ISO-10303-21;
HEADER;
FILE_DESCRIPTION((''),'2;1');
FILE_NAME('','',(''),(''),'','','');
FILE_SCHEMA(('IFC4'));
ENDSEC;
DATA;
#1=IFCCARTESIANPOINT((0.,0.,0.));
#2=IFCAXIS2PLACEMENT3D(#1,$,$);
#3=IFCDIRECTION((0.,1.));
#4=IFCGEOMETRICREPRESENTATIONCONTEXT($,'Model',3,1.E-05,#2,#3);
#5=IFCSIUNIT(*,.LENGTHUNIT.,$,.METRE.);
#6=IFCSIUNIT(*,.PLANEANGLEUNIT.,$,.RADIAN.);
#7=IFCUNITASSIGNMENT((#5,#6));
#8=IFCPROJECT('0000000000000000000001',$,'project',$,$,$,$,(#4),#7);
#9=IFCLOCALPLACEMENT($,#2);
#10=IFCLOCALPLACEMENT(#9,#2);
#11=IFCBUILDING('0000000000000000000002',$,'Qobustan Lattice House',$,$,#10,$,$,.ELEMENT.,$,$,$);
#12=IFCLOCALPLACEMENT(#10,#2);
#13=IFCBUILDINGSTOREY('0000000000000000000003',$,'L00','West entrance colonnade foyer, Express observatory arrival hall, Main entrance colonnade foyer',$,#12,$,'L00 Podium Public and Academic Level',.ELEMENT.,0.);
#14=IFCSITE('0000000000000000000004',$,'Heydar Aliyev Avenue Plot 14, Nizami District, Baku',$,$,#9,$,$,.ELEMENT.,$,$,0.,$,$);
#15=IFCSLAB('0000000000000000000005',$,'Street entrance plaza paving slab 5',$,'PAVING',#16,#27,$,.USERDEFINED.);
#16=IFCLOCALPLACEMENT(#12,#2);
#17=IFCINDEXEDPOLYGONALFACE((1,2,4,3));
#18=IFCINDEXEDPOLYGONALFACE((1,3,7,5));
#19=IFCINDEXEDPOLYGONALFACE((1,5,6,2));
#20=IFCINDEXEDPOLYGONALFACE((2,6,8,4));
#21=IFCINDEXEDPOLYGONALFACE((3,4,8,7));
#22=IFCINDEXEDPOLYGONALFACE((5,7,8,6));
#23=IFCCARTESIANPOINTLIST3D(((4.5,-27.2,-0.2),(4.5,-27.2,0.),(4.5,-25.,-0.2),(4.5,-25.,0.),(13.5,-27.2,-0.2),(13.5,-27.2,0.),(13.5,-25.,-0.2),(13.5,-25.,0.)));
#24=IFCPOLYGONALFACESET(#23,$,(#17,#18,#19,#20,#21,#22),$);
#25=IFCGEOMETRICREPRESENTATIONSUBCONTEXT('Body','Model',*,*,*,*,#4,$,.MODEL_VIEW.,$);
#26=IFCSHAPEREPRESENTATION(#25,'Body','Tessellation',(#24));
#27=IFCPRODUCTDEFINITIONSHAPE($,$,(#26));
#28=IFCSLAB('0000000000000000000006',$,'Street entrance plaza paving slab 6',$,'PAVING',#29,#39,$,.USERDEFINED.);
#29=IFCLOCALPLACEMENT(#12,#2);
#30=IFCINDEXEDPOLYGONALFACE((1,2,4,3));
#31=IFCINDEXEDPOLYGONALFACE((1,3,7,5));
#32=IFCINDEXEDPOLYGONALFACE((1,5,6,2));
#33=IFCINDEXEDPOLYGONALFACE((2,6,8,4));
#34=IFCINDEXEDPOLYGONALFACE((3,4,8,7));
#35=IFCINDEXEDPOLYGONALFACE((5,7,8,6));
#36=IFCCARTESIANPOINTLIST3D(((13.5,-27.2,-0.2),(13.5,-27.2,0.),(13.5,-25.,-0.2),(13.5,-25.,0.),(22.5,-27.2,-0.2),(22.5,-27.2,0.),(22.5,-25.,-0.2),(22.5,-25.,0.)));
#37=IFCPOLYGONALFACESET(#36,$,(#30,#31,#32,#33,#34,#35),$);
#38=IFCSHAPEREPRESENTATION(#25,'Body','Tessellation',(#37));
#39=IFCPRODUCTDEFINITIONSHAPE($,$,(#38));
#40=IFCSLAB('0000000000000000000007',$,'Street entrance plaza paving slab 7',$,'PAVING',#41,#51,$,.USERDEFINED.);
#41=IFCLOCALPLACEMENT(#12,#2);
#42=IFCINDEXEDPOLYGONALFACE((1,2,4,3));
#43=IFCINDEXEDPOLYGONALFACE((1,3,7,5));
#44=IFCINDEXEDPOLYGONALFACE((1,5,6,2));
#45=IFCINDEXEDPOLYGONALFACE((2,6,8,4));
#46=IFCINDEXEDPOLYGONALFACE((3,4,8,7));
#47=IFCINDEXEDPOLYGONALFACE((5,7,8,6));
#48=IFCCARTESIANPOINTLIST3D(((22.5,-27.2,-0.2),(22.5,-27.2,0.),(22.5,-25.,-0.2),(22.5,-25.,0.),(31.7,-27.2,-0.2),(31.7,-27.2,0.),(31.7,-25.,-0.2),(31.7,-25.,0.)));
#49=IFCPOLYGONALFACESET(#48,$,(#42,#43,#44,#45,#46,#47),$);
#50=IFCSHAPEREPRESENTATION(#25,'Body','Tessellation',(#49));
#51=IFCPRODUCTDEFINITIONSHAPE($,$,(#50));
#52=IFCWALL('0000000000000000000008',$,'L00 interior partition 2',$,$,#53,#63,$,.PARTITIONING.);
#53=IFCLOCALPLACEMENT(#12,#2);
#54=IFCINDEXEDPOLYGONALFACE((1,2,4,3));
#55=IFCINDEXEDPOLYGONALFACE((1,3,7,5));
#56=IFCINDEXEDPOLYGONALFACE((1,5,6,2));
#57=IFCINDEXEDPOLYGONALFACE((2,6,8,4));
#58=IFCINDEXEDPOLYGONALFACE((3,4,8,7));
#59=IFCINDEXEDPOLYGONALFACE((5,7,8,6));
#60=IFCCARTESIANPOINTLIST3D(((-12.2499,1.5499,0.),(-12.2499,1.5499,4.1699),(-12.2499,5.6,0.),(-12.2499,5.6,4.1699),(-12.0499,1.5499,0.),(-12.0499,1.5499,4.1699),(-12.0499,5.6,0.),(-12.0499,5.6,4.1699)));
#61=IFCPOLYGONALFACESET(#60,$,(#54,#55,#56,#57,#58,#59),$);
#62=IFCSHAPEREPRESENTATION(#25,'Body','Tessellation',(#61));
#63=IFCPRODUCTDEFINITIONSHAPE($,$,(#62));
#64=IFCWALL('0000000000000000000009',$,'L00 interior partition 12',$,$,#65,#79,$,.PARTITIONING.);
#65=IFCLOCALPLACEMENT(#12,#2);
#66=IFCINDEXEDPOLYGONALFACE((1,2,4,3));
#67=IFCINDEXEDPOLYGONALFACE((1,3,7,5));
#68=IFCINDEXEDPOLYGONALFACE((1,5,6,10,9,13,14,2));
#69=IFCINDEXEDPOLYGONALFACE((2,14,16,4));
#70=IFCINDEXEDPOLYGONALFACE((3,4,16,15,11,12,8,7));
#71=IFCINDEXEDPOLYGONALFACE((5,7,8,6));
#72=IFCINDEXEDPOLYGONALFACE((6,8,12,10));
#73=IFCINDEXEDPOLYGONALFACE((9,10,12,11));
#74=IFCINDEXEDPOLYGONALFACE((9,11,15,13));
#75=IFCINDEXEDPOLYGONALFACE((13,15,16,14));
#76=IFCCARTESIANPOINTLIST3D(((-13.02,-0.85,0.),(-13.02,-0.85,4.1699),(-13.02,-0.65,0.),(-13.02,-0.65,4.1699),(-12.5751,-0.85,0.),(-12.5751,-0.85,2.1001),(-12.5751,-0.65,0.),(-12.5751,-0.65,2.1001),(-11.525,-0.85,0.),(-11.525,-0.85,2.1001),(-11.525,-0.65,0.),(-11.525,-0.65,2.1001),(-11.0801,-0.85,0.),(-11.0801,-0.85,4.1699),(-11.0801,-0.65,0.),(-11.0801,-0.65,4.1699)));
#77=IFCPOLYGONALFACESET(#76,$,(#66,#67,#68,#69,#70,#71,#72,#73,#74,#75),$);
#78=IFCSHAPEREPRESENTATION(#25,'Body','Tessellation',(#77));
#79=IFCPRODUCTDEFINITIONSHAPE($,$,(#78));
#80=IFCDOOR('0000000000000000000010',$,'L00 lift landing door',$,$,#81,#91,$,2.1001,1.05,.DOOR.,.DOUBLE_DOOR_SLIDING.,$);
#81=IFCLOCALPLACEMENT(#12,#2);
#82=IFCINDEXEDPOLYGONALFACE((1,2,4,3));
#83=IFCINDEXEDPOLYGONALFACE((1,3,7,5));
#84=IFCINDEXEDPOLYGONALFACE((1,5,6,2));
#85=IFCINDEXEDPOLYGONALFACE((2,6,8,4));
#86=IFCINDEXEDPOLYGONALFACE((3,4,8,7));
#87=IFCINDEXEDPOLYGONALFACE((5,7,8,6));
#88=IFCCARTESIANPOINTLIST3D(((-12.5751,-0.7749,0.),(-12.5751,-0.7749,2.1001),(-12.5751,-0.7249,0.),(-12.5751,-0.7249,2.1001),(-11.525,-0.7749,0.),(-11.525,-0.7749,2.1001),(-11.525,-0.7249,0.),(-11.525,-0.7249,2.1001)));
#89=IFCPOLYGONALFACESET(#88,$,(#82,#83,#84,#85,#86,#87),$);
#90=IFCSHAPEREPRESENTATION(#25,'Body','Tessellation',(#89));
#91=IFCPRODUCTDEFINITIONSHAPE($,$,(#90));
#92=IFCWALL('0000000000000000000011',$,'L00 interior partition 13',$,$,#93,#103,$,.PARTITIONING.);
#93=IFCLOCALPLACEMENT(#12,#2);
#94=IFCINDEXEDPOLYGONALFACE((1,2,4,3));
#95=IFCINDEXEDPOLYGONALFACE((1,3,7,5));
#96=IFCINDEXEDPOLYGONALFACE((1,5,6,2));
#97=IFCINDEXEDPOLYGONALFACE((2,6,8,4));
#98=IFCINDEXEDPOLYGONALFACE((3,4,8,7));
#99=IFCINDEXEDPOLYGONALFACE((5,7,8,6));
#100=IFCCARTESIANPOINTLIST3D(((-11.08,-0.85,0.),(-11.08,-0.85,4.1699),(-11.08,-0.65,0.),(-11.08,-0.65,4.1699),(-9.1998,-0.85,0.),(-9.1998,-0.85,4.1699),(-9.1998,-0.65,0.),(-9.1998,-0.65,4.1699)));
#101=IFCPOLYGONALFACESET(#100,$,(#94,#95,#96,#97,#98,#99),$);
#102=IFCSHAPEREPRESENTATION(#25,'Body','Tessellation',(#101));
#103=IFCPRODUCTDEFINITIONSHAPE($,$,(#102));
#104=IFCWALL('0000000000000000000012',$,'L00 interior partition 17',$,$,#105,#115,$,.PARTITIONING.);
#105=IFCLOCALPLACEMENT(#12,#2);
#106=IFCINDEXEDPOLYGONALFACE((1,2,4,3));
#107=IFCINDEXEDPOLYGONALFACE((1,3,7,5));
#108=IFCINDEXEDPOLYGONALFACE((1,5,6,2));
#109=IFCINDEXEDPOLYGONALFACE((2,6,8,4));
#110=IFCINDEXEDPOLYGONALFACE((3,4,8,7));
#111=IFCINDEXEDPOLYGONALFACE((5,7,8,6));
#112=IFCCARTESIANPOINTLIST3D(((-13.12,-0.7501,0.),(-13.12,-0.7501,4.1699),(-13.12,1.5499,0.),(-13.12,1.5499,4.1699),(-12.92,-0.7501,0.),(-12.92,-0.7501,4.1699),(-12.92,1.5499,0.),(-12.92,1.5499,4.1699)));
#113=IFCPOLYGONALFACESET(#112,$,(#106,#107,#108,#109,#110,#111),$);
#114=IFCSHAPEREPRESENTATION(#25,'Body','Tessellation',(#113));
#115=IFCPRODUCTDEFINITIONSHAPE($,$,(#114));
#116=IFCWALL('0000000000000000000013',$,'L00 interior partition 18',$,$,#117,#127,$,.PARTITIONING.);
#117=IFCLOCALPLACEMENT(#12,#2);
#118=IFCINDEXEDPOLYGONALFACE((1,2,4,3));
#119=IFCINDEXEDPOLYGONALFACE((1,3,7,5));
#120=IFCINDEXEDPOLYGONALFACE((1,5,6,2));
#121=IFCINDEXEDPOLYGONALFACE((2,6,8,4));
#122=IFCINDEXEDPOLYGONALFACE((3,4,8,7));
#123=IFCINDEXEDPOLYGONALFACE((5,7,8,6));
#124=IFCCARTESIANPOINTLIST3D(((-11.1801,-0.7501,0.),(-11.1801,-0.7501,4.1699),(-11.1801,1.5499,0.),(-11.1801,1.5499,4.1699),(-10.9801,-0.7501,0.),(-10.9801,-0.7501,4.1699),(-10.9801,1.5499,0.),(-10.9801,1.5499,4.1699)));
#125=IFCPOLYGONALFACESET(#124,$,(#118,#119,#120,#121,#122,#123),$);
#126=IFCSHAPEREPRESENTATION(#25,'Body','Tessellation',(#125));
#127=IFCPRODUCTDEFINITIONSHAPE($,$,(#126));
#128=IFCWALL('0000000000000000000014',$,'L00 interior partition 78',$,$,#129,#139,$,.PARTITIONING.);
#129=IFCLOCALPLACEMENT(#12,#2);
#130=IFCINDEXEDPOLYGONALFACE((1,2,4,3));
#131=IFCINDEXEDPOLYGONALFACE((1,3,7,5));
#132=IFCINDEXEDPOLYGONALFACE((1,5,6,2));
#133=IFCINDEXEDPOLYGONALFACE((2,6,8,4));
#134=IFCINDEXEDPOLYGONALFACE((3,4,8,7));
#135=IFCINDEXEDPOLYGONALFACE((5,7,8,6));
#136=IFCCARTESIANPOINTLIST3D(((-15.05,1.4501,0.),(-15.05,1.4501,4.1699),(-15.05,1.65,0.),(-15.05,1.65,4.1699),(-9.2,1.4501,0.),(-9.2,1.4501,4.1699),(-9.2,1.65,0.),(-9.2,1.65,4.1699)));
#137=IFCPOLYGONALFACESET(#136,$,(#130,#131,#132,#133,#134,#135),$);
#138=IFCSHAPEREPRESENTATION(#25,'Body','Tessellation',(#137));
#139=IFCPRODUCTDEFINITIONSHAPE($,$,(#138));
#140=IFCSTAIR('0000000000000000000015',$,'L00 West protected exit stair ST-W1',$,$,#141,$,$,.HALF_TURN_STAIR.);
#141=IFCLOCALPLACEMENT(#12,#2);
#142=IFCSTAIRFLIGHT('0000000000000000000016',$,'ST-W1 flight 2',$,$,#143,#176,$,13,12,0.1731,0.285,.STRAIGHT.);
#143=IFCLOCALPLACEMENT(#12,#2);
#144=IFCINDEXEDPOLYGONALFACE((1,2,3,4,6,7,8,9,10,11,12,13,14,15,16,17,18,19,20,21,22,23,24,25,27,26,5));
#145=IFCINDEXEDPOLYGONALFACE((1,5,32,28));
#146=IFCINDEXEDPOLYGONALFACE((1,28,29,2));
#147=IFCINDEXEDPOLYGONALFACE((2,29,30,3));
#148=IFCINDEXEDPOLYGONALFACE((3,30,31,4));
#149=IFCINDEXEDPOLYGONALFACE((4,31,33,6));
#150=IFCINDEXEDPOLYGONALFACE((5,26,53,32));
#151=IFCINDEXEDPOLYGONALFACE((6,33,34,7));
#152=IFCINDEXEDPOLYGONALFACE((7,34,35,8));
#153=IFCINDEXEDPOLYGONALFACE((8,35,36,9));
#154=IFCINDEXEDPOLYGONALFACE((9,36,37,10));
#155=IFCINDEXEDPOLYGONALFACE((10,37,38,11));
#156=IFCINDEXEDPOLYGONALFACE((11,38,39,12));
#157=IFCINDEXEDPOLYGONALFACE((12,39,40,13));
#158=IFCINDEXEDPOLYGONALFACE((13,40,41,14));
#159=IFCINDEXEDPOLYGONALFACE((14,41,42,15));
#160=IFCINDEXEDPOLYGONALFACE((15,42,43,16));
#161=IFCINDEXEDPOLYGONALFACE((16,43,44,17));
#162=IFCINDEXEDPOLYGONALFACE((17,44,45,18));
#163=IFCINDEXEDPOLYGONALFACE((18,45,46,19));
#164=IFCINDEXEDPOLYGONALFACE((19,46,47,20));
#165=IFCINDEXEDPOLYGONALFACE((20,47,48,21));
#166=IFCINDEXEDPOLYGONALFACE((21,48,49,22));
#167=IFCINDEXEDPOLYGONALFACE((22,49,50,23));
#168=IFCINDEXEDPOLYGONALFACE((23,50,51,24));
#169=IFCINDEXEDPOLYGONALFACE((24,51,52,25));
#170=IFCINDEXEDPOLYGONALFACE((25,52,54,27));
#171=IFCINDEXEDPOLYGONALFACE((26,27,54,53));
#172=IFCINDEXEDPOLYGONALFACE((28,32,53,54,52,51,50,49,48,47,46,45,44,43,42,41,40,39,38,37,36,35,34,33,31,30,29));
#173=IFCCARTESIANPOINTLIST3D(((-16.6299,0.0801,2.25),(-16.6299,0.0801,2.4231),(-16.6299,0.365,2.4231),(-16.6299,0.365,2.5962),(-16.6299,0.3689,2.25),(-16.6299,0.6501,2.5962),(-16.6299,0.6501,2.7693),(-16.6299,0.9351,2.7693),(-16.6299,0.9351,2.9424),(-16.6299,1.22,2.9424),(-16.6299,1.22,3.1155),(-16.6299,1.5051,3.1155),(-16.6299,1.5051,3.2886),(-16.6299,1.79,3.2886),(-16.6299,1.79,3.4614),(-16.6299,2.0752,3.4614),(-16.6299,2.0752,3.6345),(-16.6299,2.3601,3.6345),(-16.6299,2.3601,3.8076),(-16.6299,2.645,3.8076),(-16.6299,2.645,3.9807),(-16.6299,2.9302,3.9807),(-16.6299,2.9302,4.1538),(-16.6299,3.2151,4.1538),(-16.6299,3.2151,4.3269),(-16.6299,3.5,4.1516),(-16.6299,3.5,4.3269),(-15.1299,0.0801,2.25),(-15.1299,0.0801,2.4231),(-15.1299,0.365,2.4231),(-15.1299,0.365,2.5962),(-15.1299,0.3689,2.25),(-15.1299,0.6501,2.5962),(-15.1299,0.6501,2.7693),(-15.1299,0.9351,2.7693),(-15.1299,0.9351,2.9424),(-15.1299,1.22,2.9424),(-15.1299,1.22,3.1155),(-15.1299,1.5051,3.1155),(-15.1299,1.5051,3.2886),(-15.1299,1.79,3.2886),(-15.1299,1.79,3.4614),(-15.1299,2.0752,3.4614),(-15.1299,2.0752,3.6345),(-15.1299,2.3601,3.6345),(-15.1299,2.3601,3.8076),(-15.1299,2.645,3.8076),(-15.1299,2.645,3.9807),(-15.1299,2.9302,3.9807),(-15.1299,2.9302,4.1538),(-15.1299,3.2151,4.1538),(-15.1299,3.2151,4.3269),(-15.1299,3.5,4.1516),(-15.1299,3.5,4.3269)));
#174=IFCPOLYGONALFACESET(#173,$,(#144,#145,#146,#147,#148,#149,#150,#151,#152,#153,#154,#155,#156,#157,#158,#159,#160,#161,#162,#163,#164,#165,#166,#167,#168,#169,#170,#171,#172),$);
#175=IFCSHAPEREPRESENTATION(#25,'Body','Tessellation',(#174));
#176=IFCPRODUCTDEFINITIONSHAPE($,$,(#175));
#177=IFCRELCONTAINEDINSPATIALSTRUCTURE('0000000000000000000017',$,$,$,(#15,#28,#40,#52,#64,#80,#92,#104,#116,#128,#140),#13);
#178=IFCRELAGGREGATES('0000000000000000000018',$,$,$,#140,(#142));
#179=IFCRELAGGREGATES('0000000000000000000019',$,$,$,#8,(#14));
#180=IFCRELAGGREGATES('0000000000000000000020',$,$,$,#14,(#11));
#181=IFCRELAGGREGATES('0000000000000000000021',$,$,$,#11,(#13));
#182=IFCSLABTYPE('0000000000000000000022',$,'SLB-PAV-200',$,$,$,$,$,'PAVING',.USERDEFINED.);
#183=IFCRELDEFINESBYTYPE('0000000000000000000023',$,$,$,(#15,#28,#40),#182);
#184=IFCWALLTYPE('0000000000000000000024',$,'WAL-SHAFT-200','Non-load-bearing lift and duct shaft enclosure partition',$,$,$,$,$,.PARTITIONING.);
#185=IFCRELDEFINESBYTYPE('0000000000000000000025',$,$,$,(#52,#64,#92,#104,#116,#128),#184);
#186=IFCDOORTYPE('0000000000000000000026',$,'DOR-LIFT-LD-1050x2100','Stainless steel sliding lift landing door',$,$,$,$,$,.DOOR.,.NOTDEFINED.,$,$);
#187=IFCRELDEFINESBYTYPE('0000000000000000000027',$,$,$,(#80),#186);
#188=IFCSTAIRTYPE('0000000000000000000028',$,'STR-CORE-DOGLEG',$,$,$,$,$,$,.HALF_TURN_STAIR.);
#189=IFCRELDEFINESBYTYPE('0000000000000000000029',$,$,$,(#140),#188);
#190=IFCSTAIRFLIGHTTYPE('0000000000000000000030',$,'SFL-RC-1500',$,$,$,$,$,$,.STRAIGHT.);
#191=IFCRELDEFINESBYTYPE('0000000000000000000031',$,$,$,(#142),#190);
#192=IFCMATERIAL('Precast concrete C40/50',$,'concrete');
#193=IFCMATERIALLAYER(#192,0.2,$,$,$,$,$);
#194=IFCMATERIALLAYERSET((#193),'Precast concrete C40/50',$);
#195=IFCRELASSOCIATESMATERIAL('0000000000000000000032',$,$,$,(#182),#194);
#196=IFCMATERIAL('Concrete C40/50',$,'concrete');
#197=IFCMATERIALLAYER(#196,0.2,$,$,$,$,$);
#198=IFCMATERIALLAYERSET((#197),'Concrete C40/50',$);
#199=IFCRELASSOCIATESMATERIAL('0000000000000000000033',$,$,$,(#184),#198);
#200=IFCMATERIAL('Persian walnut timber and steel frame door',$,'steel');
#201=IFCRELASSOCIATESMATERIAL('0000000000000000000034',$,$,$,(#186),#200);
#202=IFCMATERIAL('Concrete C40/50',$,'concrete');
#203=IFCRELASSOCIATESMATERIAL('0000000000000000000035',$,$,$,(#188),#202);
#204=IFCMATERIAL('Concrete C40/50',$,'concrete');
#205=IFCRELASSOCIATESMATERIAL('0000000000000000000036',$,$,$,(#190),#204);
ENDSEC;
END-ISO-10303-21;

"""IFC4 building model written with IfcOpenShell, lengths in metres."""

from ifc_helpers import new_model, si_unit, direction, frame, frame_2d, origin, place, context, subcontext, project, spatial, polyline, rectangle, outline, extrude, material, layer, layer_set, type_object, element, fill, aggregate, save


model = new_model("IFC4")

# Units and contexts
model_context = context("Model", 3, precision=1e-05, world=origin(), true_north=direction((0.0, 1.0)))
body_context = subcontext(model_context, "Body", "Model", "MODEL_VIEW")
ifc_project = project(units=[si_unit("LENGTHUNIT", "METRE"), si_unit("PLANEANGLEUNIT", "RADIAN")], contexts=[model_context])

# Site, building, storey
site_placement = place(None, origin())
site = spatial("IfcSite", under=ifc_project, at=site_placement, Name="Heydar Aliyev Avenue Plot 14, Nizami District, Baku", CompositionType="ELEMENT", RefElevation=0.0)
building_placement = place(site_placement, origin())
building = spatial("IfcBuilding", under=site, at=building_placement, Name="Qobustan Lattice House", CompositionType="ELEMENT")
storey_placement = place(building_placement, origin())
storey = spatial("IfcBuildingStorey", under=building, at=storey_placement, Name="L00", Description="West entrance colonnade foyer, Express observatory arrival hall, Main entrance colonnade foyer", LongName="L00 Podium Public and Academic Level", CompositionType="ELEMENT", Elevation=0.0)

# Slabs
ifc_material_1 = material(Name="Precast concrete C40/50", Category="concrete")
ifc_layer_1 = layer(ifc_material_1, 0.2)
ifc_layer_set_1 = layer_set([ifc_layer_1], Name="Precast concrete C40/50")
slab_type_1 = type_object("IfcSlabType", Name="SLB-PAV-200", ElementType="PAVING", PredefinedType="USERDEFINED", material=ifc_layer_set_1)
slab_1_placement = place(storey_placement, frame((0.0, 0.0, -0.2)))
element("IfcSlab", 1, at=slab_1_placement, inside=storey, type_object=slab_type_1, Name="Street entrance plaza paving slab 5", ObjectType="PAVING", PredefinedType="USERDEFINED", context=body_context, shape_type="SweptSolid", body=[
    extrude(outline(polyline([(4.5, -27.2), (13.5, -27.2), (13.5, -25.0), (4.5, -25.0), (4.5, -27.2)])), origin(), (0.0, 0.0, 1.0), 0.2),
])
slab_2_placement = place(storey_placement, frame((0.0, 0.0, -0.2)))
element("IfcSlab", 2, at=slab_2_placement, inside=storey, type_object=slab_type_1, Name="Street entrance plaza paving slab 6", ObjectType="PAVING", PredefinedType="USERDEFINED", context=body_context, shape_type="SweptSolid", body=[
    extrude(outline(polyline([(13.5, -27.2), (22.5, -27.2), (22.5, -25.0), (13.5, -25.0), (13.5, -27.2)])), origin(), (0.0, 0.0, 1.0), 0.2),
])
slab_3_placement = place(storey_placement, frame((0.0, 0.0, -0.2)))
element("IfcSlab", 3, at=slab_3_placement, inside=storey, type_object=slab_type_1, Name="Street entrance plaza paving slab 7", ObjectType="PAVING", PredefinedType="USERDEFINED", context=body_context, shape_type="SweptSolid", body=[
    extrude(outline(polyline([(22.5, -27.2), (31.7, -27.2), (31.7, -25.0), (22.5, -25.0), (22.5, -27.2)])), origin(), (0.0, 0.0, 1.0), 0.2),
])

# Wall
ifc_material_2 = material(Name="Concrete C40/50", Category="concrete")
ifc_layer_2 = layer(ifc_material_2, 0.2)
ifc_layer_set_2 = layer_set([ifc_layer_2], Name="Concrete C40/50")
wall_type = type_object("IfcWallType", Name="WAL-SHAFT-200", Description="Non-load-bearing lift and duct shaft enclosure partition", PredefinedType="PARTITIONING", material=ifc_layer_set_2)
wall_1_placement = place(storey_placement, frame((-12.1499, 1.55, 0.0), z_axis=(0.0, 0.0, 1.0), x_axis=(0.0, 1.0, 0.0)))
element("IfcWall", 4, at=wall_1_placement, inside=storey, type_object=wall_type, Name="L00 interior partition 2", PredefinedType="PARTITIONING", context=body_context, shape_type="SweptSolid", body=[
    extrude(rectangle(XDim=4.05, YDim=0.2, at=frame_2d((2.0249, 0.0))), origin(), (0.0, 0.0, 1.0), 4.1699),
])

# Wall, opening, door
wall_2_placement = place(storey_placement, frame((-11.0801, -0.75, 0.0), z_axis=(0.0, 0.0, 1.0), x_axis=(-1.0, 0.0, 0.0)))
wall_2 = element("IfcWall", 5, at=wall_2_placement, inside=storey, type_object=wall_type, Name="L00 interior partition 12", PredefinedType="PARTITIONING", context=body_context, shape_type="SweptSolid", body=[
    extrude(rectangle(XDim=1.9399, YDim=0.2, at=frame_2d((0.97, 0.0))), origin(), (0.0, 0.0, 1.0), 4.1699),
])
opening_placement = place(wall_2_placement, frame((0.4451, 0.0, 0.0)))
opening = element("IfcOpeningElement", 6, at=opening_placement, cuts=wall_2, PredefinedType="OPENING", context=body_context, shape_type="SweptSolid", body=[
    extrude(rectangle(XDim=1.05, YDim=2.1001, at=frame_2d((0.5249, 1.05))), frame((0.0, 0.1099, 0.0), z_axis=(0.0, -1.0, 0.0), x_axis=(1.0, 0.0, 0.0)), (0.0, 0.0, 1.0), 0.22),
])
ifc_material_3 = material(Name="Persian walnut timber and steel frame door", Category="steel")
door_type = type_object("IfcDoorType", Name="DOR-LIFT-LD-1050x2100", Description="Stainless steel sliding lift landing door", OperationType="NOTDEFINED", PredefinedType="DOOR", material=ifc_material_3)
door_placement = place(opening_placement, origin())
door = element("IfcDoor", 7, at=door_placement, inside=storey, type_object=door_type, Name="L00 lift landing door", OperationType="DOUBLE_DOOR_SLIDING", OverallHeight=2.1001, OverallWidth=1.05, PredefinedType="DOOR", context=body_context, shape_type="SweptSolid", body=[
    extrude(rectangle(XDim=1.05, YDim=2.1001, at=frame_2d((0.5249, 1.05))), frame((0.0, 0.0249, 0.0), z_axis=(0.0, -1.0, 0.0), x_axis=(1.0, 0.0, 0.0)), (0.0, 0.0, 1.0), 0.05),
])
fill(opening, door)

# Walls
wall_3_placement = place(storey_placement, frame((-9.2, -0.75, 0.0), z_axis=(0.0, 0.0, 1.0), x_axis=(-1.0, 0.0, 0.0)))
element("IfcWall", 8, at=wall_3_placement, inside=storey, type_object=wall_type, Name="L00 interior partition 13", PredefinedType="PARTITIONING", context=body_context, shape_type="SweptSolid", body=[
    extrude(rectangle(XDim=1.8801, YDim=0.2, at=frame_2d((0.9399, 0.0))), origin(), (0.0, 0.0, 1.0), 4.1699),
])
for number, where, z_axis, x_axis, name in (
    (9, (-13.02, -0.75, 0.0), (0.0, 0.0, 1.0), (0.0, 1.0, 0.0), "L00 interior partition 17"),
    (10, (-11.0801, -0.75, 0.0), (0.0, 0.0, 1.0), (0.0, 1.0, 0.0), "L00 interior partition 18"),
):
    element("IfcWall", number, at=place(storey_placement, frame(where, z_axis=z_axis, x_axis=x_axis)), inside=storey, type_object=wall_type, Name=name, PredefinedType="PARTITIONING", context=body_context, shape_type="SweptSolid", body=[
        extrude(rectangle(XDim=2.3, YDim=0.2, at=frame_2d((1.1499, 0.0))), origin(), (0.0, 0.0, 1.0), 4.1699),
    ])
wall_4_placement = place(storey_placement, frame((-15.05, 1.55, 0.0), z_axis=(0.0, 0.0, 1.0), x_axis=(1.0, 0.0, 0.0)))
element("IfcWall", 11, at=wall_4_placement, inside=storey, type_object=wall_type, Name="L00 interior partition 78", PredefinedType="PARTITIONING", context=body_context, shape_type="SweptSolid", body=[
    extrude(rectangle(XDim=5.8501, YDim=0.2, at=frame_2d((2.925, 0.0))), origin(), (0.0, 0.0, 1.0), 4.1699),
])

# Stair, stair flight
ifc_material_4 = material(Name="Concrete C40/50", Category="concrete")
stair_type = type_object("IfcStairType", Name="STR-CORE-DOGLEG", PredefinedType="HALF_TURN_STAIR", material=ifc_material_4)
stair_placement = place(storey_placement, origin())
stair = element("IfcStair", 12, at=stair_placement, inside=storey, type_object=stair_type, Name="L00 West protected exit stair ST-W1", PredefinedType="HALF_TURN_STAIR")
ifc_material_5 = material(Name="Concrete C40/50", Category="concrete")
stair_flight_type = type_object("IfcStairFlightType", Name="SFL-RC-1500", PredefinedType="STRAIGHT", material=ifc_material_5)
stair_flight_placement = place(storey_placement, frame((-15.8799, 0.0801, 2.25), z_axis=(0.0, 0.0, 1.0), x_axis=(0.0, 1.0, 0.0)))
stair_flight = element("IfcStairFlight", 13, at=stair_flight_placement, type_object=stair_flight_type, Name="ST-W1 flight 2", NumberOfRisers=13, NumberOfTreads=12, PredefinedType="STRAIGHT", RiserHeight=0.1731, TreadLength=0.285, context=body_context, shape_type="SweptSolid", body=[
    extrude(outline(polyline([(0.0, 0.0), (0.0, 0.1731), (0.2849, 0.1731), (0.2849, 0.3462), (0.5701, 0.3462), (0.5701, 0.5193), (0.855, 0.5193), (0.855, 0.6924), (1.1399, 0.6924), (1.1399, 0.8655), (1.425, 0.8655), (1.425, 1.0386), (1.71, 1.0386), (1.71, 1.2114), (1.9951, 1.2114), (1.9951, 1.3845), (2.28, 1.3845), (2.28, 1.5576), (2.5649, 1.5576), (2.5649, 1.7307), (2.8501, 1.7307), (2.8501, 1.9038), (3.135, 1.9038), (3.135, 2.0769), (3.4199, 2.0769), (3.4199, 2.25), (3.4199, 1.9016), (0.2888, 0.0), (0.0, 0.0)])), frame((0.0, 0.75, 0.0), z_axis=(0.0, -1.0, 0.0), x_axis=(1.0, 0.0, 0.0)), (0.0, 0.0, 1.0), 1.5),
])
aggregate(stair, [stair_flight])

save(model, "model.ifc")
